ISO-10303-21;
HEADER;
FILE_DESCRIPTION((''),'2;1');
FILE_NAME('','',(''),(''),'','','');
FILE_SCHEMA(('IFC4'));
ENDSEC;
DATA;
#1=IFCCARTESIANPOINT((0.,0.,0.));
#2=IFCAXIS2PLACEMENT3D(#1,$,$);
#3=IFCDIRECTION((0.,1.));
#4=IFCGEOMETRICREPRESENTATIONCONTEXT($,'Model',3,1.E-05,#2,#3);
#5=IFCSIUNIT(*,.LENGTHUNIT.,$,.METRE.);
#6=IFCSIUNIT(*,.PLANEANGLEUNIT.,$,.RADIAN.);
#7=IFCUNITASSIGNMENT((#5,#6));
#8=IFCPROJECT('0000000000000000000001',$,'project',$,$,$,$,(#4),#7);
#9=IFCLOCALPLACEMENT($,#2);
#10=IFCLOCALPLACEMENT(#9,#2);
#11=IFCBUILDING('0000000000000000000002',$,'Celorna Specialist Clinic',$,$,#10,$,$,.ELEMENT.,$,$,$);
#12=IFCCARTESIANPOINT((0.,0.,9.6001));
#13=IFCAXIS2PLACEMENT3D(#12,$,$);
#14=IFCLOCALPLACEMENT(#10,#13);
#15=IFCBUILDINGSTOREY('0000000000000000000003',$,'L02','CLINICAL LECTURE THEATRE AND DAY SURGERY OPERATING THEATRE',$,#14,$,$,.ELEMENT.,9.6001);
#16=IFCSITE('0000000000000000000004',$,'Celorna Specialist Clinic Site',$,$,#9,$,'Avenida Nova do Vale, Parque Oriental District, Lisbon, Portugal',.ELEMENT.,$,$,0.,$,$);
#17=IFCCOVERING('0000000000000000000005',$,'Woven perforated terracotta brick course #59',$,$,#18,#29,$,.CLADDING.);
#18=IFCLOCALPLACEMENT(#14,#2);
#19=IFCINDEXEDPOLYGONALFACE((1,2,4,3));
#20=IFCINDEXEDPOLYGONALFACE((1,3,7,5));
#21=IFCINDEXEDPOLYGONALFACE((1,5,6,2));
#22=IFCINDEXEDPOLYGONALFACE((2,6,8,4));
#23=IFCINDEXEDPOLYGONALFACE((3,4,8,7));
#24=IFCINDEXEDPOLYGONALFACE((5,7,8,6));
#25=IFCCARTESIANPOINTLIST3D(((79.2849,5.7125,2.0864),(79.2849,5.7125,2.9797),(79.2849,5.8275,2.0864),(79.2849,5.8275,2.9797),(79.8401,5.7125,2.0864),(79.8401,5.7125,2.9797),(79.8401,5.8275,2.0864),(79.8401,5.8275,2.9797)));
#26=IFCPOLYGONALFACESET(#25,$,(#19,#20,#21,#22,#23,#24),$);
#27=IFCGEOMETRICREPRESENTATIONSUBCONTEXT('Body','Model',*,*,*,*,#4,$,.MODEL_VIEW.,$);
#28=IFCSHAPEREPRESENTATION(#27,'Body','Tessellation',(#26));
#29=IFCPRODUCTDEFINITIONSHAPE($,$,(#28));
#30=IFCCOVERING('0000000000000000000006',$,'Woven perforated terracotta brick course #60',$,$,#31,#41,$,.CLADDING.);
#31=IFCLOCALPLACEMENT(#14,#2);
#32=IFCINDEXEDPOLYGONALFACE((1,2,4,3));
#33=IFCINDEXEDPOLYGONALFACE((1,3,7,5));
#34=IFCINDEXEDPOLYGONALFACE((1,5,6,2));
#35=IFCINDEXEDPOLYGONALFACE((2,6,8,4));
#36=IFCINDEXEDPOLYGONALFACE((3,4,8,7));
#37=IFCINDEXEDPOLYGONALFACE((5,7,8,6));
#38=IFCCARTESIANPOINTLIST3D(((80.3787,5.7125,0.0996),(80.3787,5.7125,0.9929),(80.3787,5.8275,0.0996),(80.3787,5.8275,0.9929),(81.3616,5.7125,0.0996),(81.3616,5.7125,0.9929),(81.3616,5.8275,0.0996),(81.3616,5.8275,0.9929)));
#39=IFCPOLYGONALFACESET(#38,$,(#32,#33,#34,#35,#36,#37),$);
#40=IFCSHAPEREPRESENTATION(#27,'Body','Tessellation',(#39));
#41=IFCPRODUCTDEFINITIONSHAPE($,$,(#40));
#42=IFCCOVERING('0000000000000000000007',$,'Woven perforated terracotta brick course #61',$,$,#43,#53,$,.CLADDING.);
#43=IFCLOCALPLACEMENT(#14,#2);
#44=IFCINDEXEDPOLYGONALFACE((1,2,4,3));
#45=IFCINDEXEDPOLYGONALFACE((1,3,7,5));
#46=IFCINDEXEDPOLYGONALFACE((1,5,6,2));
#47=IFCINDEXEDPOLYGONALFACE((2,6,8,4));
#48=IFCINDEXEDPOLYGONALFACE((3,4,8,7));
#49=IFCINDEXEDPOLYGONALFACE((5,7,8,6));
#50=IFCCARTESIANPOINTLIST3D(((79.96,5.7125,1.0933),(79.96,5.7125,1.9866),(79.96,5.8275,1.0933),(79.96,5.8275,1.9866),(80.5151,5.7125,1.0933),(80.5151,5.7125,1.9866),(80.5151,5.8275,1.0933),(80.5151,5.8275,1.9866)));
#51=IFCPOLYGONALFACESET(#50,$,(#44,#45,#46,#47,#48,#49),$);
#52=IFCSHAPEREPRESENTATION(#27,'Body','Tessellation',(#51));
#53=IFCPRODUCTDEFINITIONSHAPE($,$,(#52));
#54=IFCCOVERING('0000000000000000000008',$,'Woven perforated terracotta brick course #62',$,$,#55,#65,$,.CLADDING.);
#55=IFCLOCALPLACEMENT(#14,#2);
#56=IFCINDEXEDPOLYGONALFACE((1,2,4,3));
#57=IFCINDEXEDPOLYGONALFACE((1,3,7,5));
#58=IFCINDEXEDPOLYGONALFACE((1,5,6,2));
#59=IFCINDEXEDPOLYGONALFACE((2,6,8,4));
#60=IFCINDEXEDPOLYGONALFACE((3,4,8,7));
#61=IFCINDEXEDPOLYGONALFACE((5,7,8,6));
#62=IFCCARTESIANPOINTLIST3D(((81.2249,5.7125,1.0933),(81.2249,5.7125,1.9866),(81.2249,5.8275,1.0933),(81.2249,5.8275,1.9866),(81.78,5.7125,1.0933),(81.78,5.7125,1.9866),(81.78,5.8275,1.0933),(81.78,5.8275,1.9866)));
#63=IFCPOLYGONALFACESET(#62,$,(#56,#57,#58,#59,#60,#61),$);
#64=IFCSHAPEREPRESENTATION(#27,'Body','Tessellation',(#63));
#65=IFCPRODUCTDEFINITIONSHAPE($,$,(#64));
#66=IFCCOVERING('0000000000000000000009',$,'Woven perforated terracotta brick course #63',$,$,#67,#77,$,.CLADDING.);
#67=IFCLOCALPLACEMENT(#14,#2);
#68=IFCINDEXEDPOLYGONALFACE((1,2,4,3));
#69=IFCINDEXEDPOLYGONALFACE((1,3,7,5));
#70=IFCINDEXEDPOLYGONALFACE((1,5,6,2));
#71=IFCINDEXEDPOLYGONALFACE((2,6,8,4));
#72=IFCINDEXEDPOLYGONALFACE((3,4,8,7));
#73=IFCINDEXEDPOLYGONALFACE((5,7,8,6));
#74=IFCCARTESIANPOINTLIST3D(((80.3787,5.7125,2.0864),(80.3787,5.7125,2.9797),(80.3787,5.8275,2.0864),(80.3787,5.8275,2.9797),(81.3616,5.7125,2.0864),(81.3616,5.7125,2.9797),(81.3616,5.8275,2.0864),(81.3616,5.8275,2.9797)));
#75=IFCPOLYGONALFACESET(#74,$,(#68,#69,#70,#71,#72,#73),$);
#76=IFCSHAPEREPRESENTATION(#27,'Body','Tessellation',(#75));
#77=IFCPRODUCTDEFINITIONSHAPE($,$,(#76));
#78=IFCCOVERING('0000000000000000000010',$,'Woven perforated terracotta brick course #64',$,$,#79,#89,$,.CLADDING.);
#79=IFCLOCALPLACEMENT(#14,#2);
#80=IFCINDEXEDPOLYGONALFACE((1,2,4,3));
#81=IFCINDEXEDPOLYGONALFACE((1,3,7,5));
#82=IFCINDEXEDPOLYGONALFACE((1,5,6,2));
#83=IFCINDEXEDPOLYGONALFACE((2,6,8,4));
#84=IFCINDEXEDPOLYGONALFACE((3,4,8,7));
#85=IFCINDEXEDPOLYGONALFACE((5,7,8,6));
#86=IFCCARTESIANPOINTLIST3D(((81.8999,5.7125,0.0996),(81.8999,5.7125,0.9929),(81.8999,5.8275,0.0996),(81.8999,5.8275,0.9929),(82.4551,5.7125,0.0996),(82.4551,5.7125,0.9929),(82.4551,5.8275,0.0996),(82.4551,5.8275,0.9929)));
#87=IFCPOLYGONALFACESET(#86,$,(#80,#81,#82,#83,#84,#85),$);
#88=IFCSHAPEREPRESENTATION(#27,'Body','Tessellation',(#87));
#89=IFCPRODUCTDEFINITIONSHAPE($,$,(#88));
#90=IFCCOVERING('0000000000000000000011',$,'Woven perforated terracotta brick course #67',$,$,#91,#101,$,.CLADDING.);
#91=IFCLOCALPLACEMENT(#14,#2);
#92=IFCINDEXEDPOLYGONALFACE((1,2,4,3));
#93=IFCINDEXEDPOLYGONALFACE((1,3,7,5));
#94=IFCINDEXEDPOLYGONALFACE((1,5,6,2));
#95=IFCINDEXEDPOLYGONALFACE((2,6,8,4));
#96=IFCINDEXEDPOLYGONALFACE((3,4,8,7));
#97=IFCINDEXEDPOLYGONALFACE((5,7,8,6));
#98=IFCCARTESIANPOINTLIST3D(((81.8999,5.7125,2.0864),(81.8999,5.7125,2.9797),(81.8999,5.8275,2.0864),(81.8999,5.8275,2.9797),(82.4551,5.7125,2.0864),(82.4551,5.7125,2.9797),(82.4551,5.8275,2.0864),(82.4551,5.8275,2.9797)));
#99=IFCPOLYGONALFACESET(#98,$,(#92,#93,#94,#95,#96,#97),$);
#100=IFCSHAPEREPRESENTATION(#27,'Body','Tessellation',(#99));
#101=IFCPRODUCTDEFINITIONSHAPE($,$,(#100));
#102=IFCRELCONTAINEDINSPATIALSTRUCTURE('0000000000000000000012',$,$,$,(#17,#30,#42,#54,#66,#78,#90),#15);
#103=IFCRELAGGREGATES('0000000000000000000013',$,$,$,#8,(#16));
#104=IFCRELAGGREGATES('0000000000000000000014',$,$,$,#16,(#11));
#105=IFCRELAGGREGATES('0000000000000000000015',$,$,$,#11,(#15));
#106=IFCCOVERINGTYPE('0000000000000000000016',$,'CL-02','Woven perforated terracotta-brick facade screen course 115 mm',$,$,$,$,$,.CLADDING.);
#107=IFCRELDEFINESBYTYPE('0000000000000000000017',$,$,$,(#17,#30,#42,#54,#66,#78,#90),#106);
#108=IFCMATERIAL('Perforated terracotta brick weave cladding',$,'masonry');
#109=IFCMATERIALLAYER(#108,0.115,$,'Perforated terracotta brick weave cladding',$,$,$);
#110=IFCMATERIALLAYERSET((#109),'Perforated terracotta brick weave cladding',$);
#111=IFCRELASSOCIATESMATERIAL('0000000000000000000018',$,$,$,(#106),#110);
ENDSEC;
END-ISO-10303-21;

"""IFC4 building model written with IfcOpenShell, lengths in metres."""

from ifc_helpers import new_model, si_unit, direction, frame, origin, origin_2d, place, context, subcontext, project, spatial, rectangle, extrude, material, layer, layer_set, type_object, element, save


model = new_model("IFC4")

# Units and contexts
model_context = context("Model", 3, precision=1e-05, world=origin(), true_north=direction((0.0, 1.0)))
body_context = subcontext(model_context, "Body", "Model", "MODEL_VIEW")
ifc_project = project(units=[si_unit("LENGTHUNIT", "METRE"), si_unit("PLANEANGLEUNIT", "RADIAN")], contexts=[model_context])

# Site, building, storey
site_placement = place(None, origin())
site = spatial("IfcSite", under=ifc_project, at=site_placement, Name="Celorna Specialist Clinic Site", LongName="Avenida Nova do Vale, Parque Oriental District, Lisbon, Portugal", CompositionType="ELEMENT", RefElevation=0.0)
building_placement = place(site_placement, origin())
building = spatial("IfcBuilding", under=site, at=building_placement, Name="Celorna Specialist Clinic", CompositionType="ELEMENT")
storey_placement = place(building_placement, frame((0.0, 0.0, 9.6001)))
storey = spatial("IfcBuildingStorey", under=building, at=storey_placement, Name="L02", Description="CLINICAL LECTURE THEATRE AND DAY SURGERY OPERATING THEATRE", CompositionType="ELEMENT", Elevation=9.6001)

# Coverings
ifc_material_1 = material(Name="Perforated terracotta brick weave cladding", Category="masonry")
ifc_layer_1 = layer(ifc_material_1, 0.115, Name="Perforated terracotta brick weave cladding")
ifc_layer_set_1 = layer_set([ifc_layer_1], Name="Perforated terracotta brick weave cladding")
covering_type = type_object("IfcCoveringType", Name="CL-02", Description="Woven perforated terracotta-brick facade screen course 115 mm", PredefinedType="CLADDING", material=ifc_layer_set_1)
for number, where, z_axis, x_axis, name in (
    (1, (79.5625, 5.77, 2.0864), (0.0, 0.0, 1.0), (1.0, 0.0, 0.0), "Woven perforated terracotta brick course #59"),
):
    element("IfcCovering", number, at=place(storey_placement, frame(where, z_axis=z_axis, x_axis=x_axis)), inside=storey, type_object=covering_type, Name=name, PredefinedType="CLADDING", context=body_context, shape_type="SweptSolid", body=[
        extrude(rectangle(XDim=0.5552, YDim=0.115, at=origin_2d()), origin(), (0.0, 0.0, 1.0), 0.8933),
    ])
covering_1_placement = place(storey_placement, frame((80.8701, 5.77, 0.0996), z_axis=(0.0, 0.0, 1.0), x_axis=(1.0, 0.0, 0.0)))
element("IfcCovering", 2, at=covering_1_placement, inside=storey, type_object=covering_type, Name="Woven perforated terracotta brick course #60", PredefinedType="CLADDING", context=body_context, shape_type="SweptSolid", body=[
    extrude(rectangle(XDim=0.9829, YDim=0.115, at=origin_2d()), origin(), (0.0, 0.0, 1.0), 0.8933),
])
for number, where, z_axis, x_axis, name in (
    (3, (80.2375, 5.77, 1.0933), (0.0, 0.0, 1.0), (1.0, 0.0, 0.0), "Woven perforated terracotta brick course #61"),
    (4, (81.5024, 5.77, 1.0933), (0.0, 0.0, 1.0), (1.0, 0.0, 0.0), "Woven perforated terracotta brick course #62"),
):
    element("IfcCovering", number, at=place(storey_placement, frame(where, z_axis=z_axis, x_axis=x_axis)), inside=storey, type_object=covering_type, Name=name, PredefinedType="CLADDING", context=body_context, shape_type="SweptSolid", body=[
        extrude(rectangle(XDim=0.5552, YDim=0.115, at=origin_2d()), origin(), (0.0, 0.0, 1.0), 0.8933),
    ])
covering_2_placement = place(storey_placement, frame((80.8701, 5.77, 2.0864), z_axis=(0.0, 0.0, 1.0), x_axis=(1.0, 0.0, 0.0)))
element("IfcCovering", 5, at=covering_2_placement, inside=storey, type_object=covering_type, Name="Woven perforated terracotta brick course #63", PredefinedType="CLADDING", context=body_context, shape_type="SweptSolid", body=[
    extrude(rectangle(XDim=0.9829, YDim=0.115, at=origin_2d()), origin(), (0.0, 0.0, 1.0), 0.8933),
])
for number, where, z_axis, x_axis, name in (
    (6, (82.1775, 5.77, 0.0996), (0.0, 0.0, 1.0), (1.0, 0.0, 0.0), "Woven perforated terracotta brick course #64"),
    (7, (82.1775, 5.77, 2.0864), (0.0, 0.0, 1.0), (1.0, 0.0, 0.0), "Woven perforated terracotta brick course #67"),
):
    element("IfcCovering", number, at=place(storey_placement, frame(where, z_axis=z_axis, x_axis=x_axis)), inside=storey, type_object=covering_type, Name=name, PredefinedType="CLADDING", context=body_context, shape_type="SweptSolid", body=[
        extrude(rectangle(XDim=0.5552, YDim=0.115, at=origin_2d()), origin(), (0.0, 0.0, 1.0), 0.8933),
    ])

save(model, "model.ifc")
